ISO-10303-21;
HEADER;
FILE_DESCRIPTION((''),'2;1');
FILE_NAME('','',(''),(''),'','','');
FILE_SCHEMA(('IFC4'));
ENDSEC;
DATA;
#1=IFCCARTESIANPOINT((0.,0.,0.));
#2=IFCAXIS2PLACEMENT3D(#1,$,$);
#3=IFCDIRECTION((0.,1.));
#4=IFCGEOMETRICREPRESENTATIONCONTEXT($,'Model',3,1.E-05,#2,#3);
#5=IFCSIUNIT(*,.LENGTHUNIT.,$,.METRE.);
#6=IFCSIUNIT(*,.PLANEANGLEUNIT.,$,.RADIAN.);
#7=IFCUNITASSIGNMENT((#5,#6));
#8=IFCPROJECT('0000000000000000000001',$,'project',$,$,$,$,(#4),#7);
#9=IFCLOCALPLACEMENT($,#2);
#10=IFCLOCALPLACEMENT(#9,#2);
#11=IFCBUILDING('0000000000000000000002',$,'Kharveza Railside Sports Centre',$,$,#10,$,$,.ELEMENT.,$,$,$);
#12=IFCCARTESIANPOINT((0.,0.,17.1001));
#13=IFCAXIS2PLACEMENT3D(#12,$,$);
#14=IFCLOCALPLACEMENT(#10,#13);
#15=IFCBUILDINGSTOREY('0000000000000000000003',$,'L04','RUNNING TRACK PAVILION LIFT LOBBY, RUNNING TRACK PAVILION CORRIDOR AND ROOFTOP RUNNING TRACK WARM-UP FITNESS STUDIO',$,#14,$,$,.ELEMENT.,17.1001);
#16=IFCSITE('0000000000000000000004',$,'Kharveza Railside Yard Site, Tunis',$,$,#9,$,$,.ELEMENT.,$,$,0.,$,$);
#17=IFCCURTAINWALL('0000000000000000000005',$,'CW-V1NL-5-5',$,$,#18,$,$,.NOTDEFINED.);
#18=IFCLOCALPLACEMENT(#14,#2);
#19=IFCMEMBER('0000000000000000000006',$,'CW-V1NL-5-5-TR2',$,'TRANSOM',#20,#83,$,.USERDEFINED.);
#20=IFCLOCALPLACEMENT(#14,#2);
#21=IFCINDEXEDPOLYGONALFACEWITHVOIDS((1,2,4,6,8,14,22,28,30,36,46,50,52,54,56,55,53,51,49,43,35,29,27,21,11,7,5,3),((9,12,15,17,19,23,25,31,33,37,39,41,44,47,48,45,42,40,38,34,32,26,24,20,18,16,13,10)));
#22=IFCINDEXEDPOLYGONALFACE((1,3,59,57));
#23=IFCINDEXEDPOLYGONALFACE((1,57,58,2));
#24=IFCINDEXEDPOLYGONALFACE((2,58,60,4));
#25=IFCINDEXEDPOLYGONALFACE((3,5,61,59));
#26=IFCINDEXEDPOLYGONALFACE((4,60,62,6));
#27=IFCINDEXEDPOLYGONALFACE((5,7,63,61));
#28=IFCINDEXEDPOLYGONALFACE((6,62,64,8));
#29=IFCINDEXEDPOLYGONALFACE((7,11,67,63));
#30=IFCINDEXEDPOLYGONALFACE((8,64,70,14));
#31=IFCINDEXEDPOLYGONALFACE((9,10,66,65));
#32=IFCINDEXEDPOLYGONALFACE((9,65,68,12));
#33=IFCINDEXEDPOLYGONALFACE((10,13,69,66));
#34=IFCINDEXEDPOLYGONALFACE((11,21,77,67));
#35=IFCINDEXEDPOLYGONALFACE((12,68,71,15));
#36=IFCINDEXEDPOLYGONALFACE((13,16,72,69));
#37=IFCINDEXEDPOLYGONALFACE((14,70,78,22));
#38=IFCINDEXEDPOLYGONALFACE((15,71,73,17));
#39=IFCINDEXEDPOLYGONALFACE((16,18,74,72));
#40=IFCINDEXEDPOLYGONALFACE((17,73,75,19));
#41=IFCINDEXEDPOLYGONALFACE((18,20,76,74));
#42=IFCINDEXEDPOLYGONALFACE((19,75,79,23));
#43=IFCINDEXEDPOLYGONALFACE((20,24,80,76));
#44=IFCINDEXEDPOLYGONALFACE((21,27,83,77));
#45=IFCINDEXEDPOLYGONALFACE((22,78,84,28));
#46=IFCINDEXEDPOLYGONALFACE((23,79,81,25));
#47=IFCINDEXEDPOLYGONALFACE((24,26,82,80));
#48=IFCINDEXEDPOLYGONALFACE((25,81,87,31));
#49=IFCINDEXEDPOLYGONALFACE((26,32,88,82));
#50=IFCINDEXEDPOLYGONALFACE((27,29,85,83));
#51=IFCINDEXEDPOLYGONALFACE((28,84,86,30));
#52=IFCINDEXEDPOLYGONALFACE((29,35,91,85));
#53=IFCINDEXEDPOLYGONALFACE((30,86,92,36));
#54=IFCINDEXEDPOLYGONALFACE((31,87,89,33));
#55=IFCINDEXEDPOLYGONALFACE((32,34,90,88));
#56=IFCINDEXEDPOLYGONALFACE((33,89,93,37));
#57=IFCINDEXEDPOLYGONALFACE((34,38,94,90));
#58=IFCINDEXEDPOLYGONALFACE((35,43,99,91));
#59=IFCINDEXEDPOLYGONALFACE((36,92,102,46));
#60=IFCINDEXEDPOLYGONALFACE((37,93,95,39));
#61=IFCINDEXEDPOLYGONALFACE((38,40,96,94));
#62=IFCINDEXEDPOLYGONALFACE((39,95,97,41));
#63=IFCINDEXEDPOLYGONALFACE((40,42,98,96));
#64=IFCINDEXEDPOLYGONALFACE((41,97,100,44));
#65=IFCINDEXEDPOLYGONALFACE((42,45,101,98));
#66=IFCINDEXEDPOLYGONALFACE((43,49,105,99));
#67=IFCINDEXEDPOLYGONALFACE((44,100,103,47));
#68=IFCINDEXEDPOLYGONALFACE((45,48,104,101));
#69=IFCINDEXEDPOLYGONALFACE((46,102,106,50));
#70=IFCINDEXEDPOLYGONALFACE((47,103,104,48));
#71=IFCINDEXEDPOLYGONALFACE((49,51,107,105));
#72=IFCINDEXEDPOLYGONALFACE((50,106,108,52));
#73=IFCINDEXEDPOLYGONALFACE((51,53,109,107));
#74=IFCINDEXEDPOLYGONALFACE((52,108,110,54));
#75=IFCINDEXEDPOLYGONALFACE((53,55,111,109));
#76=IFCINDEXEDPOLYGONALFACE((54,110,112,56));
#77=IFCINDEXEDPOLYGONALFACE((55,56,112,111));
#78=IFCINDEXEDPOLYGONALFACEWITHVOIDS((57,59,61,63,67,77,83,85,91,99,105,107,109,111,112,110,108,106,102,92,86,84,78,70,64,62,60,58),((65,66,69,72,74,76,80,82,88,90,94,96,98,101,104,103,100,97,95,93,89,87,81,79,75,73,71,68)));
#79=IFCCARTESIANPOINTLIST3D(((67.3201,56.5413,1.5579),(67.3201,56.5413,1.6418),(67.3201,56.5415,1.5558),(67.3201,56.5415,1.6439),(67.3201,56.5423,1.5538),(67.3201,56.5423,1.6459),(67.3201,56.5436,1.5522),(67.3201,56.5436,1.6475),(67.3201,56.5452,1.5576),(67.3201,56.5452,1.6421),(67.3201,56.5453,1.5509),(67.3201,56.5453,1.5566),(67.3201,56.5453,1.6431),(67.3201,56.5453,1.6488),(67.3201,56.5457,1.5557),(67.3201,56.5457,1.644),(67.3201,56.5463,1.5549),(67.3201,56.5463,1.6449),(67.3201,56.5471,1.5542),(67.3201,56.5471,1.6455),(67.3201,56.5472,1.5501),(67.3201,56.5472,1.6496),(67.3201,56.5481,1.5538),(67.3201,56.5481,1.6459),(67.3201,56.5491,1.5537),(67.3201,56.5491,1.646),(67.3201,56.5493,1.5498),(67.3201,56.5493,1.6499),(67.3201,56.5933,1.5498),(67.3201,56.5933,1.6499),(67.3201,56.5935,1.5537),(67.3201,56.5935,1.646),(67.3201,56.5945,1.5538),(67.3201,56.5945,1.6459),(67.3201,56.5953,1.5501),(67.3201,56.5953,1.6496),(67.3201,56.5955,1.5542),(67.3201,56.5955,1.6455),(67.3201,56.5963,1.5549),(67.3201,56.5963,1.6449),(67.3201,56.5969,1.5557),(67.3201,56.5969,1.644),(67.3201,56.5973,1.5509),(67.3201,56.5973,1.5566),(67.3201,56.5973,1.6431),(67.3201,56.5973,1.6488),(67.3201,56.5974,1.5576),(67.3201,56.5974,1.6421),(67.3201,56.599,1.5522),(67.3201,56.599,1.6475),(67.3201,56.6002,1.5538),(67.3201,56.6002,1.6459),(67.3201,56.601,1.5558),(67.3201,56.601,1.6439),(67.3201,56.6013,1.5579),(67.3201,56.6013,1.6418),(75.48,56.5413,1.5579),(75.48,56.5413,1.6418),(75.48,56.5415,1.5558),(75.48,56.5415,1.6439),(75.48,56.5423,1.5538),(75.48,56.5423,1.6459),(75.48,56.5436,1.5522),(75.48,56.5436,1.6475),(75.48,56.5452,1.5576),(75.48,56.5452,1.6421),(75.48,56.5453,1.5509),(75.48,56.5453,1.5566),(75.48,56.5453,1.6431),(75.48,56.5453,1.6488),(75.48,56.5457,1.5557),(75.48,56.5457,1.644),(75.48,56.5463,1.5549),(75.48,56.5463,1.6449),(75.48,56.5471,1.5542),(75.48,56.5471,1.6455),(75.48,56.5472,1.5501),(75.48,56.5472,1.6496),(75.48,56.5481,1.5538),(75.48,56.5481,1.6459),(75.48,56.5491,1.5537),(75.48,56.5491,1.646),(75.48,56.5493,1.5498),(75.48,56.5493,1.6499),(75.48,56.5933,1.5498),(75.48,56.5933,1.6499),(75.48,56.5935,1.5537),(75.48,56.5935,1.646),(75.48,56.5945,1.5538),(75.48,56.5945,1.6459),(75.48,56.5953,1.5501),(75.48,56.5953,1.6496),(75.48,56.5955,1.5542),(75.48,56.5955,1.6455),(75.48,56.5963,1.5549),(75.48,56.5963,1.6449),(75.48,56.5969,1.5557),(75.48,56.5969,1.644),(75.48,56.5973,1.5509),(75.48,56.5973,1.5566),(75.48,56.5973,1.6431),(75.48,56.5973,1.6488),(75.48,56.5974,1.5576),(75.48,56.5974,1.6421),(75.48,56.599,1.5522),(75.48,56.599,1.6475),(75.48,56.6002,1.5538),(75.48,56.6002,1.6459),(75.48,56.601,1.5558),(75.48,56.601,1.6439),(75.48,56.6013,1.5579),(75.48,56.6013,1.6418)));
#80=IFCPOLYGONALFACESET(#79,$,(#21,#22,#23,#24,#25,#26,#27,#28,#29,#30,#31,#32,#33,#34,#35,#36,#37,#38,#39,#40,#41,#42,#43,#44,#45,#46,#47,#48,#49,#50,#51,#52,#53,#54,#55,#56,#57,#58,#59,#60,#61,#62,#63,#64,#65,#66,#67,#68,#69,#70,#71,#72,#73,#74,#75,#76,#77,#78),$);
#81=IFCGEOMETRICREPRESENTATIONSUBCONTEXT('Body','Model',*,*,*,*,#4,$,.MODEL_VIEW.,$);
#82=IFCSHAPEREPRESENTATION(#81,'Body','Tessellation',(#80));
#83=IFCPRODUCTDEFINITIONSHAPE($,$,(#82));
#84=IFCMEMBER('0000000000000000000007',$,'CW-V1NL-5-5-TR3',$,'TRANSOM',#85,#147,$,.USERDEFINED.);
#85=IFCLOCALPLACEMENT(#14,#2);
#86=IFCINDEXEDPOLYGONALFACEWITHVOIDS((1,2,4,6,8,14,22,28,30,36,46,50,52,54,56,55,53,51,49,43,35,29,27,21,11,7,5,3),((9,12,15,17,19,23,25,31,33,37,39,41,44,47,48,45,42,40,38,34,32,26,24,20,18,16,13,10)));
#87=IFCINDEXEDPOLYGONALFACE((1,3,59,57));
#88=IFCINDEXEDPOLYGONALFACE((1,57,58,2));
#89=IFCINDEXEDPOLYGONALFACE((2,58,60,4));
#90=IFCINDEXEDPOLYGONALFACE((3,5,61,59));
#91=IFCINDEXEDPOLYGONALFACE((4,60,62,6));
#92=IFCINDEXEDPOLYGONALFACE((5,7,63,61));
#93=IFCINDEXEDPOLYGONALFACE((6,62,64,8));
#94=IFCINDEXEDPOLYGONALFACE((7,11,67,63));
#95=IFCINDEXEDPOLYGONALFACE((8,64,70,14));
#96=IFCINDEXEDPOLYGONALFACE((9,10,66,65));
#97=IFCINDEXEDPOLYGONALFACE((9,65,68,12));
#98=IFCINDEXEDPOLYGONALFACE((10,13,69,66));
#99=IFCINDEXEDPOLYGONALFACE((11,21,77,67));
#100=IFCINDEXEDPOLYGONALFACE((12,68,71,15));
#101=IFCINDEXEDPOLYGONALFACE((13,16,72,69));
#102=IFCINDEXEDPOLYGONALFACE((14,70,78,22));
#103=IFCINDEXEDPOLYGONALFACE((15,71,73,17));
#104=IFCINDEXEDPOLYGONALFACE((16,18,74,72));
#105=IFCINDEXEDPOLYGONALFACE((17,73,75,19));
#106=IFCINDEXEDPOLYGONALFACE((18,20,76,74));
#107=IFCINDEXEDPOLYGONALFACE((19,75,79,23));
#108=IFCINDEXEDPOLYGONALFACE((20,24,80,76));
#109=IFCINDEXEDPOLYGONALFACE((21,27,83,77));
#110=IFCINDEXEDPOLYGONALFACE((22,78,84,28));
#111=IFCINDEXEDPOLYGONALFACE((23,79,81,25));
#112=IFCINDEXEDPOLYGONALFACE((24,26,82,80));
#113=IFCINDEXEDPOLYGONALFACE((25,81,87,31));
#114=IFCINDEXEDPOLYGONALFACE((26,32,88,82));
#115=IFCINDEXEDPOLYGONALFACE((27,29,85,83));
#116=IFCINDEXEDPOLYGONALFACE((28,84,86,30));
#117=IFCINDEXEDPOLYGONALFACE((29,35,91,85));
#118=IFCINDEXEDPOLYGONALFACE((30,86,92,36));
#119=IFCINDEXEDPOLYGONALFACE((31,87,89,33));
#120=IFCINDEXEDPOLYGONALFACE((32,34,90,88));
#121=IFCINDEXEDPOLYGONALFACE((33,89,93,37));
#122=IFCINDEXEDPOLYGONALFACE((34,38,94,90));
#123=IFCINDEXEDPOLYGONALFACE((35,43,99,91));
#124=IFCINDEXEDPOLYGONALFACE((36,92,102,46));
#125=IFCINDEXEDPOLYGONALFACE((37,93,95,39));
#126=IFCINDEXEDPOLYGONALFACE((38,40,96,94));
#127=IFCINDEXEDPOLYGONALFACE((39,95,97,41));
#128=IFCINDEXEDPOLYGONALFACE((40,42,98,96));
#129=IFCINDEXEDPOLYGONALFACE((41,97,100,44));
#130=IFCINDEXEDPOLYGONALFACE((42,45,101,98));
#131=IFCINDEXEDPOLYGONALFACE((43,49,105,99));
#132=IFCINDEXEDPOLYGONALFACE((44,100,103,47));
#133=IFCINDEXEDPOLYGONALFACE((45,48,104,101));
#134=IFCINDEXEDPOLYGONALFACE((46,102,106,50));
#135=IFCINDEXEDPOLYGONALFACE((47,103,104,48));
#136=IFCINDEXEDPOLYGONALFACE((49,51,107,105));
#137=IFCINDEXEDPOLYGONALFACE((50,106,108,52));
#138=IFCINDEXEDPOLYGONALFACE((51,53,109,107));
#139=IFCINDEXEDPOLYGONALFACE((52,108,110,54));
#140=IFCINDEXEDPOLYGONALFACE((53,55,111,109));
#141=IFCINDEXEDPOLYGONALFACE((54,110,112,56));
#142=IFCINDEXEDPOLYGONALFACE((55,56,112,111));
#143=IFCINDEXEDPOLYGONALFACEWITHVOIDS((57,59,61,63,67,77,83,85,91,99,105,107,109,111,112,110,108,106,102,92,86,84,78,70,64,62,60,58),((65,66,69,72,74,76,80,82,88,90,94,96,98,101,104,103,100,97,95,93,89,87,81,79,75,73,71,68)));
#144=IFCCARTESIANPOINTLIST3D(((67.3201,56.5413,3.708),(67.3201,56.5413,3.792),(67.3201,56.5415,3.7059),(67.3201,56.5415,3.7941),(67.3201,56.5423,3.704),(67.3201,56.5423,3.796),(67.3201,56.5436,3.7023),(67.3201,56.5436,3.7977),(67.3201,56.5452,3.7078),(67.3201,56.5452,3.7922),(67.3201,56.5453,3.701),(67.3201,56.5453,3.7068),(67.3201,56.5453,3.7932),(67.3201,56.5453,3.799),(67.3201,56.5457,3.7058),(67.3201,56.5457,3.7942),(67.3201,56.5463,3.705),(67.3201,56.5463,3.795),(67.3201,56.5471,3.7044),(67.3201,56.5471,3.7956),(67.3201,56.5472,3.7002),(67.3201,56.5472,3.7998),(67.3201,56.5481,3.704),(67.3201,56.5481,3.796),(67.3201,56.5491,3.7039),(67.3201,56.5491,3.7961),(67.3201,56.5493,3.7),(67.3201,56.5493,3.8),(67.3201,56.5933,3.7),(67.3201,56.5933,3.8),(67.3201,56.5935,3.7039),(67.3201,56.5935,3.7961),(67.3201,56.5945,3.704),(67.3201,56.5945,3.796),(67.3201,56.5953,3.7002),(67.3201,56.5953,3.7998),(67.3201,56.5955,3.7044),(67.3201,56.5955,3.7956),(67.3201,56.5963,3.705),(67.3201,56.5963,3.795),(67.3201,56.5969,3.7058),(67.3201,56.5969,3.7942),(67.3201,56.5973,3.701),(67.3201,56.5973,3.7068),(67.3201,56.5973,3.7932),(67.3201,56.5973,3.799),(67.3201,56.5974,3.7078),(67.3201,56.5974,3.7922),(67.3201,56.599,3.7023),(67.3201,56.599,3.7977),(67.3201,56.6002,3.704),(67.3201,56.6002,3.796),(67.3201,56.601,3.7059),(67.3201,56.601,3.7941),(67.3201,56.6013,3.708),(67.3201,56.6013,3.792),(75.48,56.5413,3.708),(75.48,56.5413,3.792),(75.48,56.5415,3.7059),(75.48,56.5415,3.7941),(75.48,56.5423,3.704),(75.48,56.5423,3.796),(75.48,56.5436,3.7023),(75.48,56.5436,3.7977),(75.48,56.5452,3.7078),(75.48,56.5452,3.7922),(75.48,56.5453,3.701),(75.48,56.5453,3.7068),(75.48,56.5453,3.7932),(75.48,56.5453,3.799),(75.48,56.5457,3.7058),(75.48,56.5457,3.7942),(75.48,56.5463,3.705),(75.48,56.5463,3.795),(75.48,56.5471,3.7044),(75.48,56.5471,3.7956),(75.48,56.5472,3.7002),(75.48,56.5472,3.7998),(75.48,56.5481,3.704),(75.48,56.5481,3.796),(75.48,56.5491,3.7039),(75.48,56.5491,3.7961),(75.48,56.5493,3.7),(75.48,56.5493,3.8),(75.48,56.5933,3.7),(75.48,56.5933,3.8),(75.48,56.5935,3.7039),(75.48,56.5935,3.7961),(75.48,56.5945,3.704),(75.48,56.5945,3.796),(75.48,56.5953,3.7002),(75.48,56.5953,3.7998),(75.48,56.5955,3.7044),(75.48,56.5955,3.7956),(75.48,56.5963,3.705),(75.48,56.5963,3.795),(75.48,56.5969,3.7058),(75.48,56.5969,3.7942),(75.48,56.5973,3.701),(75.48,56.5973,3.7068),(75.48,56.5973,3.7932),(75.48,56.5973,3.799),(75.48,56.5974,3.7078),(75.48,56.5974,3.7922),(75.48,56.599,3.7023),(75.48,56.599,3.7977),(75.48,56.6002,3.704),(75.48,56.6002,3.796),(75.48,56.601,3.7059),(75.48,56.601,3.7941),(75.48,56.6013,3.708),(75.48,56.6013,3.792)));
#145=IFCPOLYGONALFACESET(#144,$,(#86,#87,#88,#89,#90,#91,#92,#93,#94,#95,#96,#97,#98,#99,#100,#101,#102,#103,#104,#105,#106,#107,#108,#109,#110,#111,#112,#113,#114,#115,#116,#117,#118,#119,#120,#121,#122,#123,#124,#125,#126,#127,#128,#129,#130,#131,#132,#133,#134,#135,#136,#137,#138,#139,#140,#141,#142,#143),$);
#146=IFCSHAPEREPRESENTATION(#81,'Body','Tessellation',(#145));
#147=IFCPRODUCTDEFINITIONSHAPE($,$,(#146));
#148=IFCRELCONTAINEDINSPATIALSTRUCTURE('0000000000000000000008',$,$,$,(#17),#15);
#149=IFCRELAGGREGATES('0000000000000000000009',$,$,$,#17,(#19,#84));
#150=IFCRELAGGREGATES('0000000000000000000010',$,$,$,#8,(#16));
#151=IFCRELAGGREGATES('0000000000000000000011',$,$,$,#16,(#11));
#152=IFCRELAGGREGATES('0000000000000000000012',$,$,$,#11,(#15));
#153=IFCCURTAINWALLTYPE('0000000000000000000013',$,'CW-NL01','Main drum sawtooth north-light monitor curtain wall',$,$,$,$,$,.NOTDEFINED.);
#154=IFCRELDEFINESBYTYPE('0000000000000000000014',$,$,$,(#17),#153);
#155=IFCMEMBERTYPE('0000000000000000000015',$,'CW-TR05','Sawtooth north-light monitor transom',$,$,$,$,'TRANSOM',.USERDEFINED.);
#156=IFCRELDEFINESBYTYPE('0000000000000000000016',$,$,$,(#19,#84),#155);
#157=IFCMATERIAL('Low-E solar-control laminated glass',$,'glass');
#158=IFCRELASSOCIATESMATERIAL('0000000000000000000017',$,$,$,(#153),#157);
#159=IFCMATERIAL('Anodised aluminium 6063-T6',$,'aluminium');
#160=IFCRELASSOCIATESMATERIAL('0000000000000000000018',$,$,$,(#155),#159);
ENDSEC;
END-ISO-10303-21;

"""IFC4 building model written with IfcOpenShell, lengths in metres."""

from ifc_helpers import new_model, si_unit, direction, frame, origin, origin_2d, place, context, subcontext, project, spatial, hollow_rectangle, extrude, material, material_profile, profile_set, type_object, element, aggregate, save


model = new_model("IFC4")

# Units and contexts
model_context = context("Model", 3, precision=1e-05, world=origin(), true_north=direction((0.0, 1.0)))
body_context = subcontext(model_context, "Body", "Model", "MODEL_VIEW")
ifc_project = project(units=[si_unit("LENGTHUNIT", "METRE"), si_unit("PLANEANGLEUNIT", "RADIAN")], contexts=[model_context])

# Site, building, storey
site_placement = place(None, origin())
site = spatial("IfcSite", under=ifc_project, at=site_placement, Name="Kharveza Railside Yard Site, Tunis", CompositionType="ELEMENT", RefElevation=0.0)
building_placement = place(site_placement, origin())
building = spatial("IfcBuilding", under=site, at=building_placement, Name="Kharveza Railside Sports Centre", CompositionType="ELEMENT")
storey_placement = place(building_placement, frame((0.0, 0.0, 17.1001)))
storey = spatial("IfcBuildingStorey", under=building, at=storey_placement, Name="L04", Description="RUNNING TRACK PAVILION LIFT LOBBY, RUNNING TRACK PAVILION CORRIDOR AND ROOFTOP RUNNING TRACK WARM-UP FITNESS STUDIO", CompositionType="ELEMENT", Elevation=17.1001)

# Shared definitions
ifc_material_1 = material(Name="Low-E solar-control laminated glass", Category="glass")
curtain_wall_type = type_object("IfcCurtainWallType", Name="CW-NL01", Description="Main drum sawtooth north-light monitor curtain wall", PredefinedType="NOTDEFINED", material=ifc_material_1)
ifc_material_2 = material(Name="Anodised aluminium 6063-T6", Category="aluminium")

# Curtain wall
curtain_wall_1_placement = place(storey_placement, origin())
curtain_wall_1 = element("IfcCurtainWall", 1, at=curtain_wall_1_placement, inside=storey, type_object=curtain_wall_type, Name="CW-V1NL-5-5", PredefinedType="NOTDEFINED")

# Members
ifc_material_profile_1 = material_profile(ifc_material_2, hollow_rectangle(XDim=0.0601, YDim=0.1001, WallThickness=0.0039, InnerFilletRadius=0.0039, OuterFilletRadius=0.0081, at=origin_2d()), Name="RHS 60x100x4.0")
ifc_profile_set_1 = profile_set([ifc_material_profile_1], Name="Anodised aluminium 6063-T6")
member_type_1 = type_object("IfcMemberType", Name="CW-TR05", Description="Sawtooth north-light monitor transom", ElementType="TRANSOM", PredefinedType="USERDEFINED", material=ifc_profile_set_1)
member_1_placement = place(storey_placement, frame((67.3201, 56.5713, 1.5999), z_axis=(1.0, 0.0, 0.0), x_axis=(0.0, 1.0, 0.0)))
member_1 = element("IfcMember", 2, at=member_1_placement, type_object=member_type_1, Name="CW-V1NL-5-5-TR2", ObjectType="TRANSOM", PredefinedType="USERDEFINED", context=body_context, shape_type="SweptSolid", body=[
    extrude(hollow_rectangle(XDim=0.0601, YDim=0.1001, WallThickness=0.0039, InnerFilletRadius=0.0039, OuterFilletRadius=0.0081, at=origin_2d()), origin(), (0.0, 0.0, 1.0), 8.1599),
])
member_2_placement = place(storey_placement, frame((67.3201, 56.5713, 3.75), z_axis=(1.0, 0.0, 0.0), x_axis=(0.0, 1.0, 0.0)))
member_2 = element("IfcMember", 3, at=member_2_placement, type_object=member_type_1, Name="CW-V1NL-5-5-TR3", ObjectType="TRANSOM", PredefinedType="USERDEFINED", context=body_context, shape_type="SweptSolid", body=[
    extrude(hollow_rectangle(XDim=0.0601, YDim=0.1001, WallThickness=0.0039, InnerFilletRadius=0.0039, OuterFilletRadius=0.0081, at=origin_2d()), origin(), (0.0, 0.0, 1.0), 8.1599),
])

aggregate(curtain_wall_1, [member_1, member_2])

save(model, "model.ifc")
